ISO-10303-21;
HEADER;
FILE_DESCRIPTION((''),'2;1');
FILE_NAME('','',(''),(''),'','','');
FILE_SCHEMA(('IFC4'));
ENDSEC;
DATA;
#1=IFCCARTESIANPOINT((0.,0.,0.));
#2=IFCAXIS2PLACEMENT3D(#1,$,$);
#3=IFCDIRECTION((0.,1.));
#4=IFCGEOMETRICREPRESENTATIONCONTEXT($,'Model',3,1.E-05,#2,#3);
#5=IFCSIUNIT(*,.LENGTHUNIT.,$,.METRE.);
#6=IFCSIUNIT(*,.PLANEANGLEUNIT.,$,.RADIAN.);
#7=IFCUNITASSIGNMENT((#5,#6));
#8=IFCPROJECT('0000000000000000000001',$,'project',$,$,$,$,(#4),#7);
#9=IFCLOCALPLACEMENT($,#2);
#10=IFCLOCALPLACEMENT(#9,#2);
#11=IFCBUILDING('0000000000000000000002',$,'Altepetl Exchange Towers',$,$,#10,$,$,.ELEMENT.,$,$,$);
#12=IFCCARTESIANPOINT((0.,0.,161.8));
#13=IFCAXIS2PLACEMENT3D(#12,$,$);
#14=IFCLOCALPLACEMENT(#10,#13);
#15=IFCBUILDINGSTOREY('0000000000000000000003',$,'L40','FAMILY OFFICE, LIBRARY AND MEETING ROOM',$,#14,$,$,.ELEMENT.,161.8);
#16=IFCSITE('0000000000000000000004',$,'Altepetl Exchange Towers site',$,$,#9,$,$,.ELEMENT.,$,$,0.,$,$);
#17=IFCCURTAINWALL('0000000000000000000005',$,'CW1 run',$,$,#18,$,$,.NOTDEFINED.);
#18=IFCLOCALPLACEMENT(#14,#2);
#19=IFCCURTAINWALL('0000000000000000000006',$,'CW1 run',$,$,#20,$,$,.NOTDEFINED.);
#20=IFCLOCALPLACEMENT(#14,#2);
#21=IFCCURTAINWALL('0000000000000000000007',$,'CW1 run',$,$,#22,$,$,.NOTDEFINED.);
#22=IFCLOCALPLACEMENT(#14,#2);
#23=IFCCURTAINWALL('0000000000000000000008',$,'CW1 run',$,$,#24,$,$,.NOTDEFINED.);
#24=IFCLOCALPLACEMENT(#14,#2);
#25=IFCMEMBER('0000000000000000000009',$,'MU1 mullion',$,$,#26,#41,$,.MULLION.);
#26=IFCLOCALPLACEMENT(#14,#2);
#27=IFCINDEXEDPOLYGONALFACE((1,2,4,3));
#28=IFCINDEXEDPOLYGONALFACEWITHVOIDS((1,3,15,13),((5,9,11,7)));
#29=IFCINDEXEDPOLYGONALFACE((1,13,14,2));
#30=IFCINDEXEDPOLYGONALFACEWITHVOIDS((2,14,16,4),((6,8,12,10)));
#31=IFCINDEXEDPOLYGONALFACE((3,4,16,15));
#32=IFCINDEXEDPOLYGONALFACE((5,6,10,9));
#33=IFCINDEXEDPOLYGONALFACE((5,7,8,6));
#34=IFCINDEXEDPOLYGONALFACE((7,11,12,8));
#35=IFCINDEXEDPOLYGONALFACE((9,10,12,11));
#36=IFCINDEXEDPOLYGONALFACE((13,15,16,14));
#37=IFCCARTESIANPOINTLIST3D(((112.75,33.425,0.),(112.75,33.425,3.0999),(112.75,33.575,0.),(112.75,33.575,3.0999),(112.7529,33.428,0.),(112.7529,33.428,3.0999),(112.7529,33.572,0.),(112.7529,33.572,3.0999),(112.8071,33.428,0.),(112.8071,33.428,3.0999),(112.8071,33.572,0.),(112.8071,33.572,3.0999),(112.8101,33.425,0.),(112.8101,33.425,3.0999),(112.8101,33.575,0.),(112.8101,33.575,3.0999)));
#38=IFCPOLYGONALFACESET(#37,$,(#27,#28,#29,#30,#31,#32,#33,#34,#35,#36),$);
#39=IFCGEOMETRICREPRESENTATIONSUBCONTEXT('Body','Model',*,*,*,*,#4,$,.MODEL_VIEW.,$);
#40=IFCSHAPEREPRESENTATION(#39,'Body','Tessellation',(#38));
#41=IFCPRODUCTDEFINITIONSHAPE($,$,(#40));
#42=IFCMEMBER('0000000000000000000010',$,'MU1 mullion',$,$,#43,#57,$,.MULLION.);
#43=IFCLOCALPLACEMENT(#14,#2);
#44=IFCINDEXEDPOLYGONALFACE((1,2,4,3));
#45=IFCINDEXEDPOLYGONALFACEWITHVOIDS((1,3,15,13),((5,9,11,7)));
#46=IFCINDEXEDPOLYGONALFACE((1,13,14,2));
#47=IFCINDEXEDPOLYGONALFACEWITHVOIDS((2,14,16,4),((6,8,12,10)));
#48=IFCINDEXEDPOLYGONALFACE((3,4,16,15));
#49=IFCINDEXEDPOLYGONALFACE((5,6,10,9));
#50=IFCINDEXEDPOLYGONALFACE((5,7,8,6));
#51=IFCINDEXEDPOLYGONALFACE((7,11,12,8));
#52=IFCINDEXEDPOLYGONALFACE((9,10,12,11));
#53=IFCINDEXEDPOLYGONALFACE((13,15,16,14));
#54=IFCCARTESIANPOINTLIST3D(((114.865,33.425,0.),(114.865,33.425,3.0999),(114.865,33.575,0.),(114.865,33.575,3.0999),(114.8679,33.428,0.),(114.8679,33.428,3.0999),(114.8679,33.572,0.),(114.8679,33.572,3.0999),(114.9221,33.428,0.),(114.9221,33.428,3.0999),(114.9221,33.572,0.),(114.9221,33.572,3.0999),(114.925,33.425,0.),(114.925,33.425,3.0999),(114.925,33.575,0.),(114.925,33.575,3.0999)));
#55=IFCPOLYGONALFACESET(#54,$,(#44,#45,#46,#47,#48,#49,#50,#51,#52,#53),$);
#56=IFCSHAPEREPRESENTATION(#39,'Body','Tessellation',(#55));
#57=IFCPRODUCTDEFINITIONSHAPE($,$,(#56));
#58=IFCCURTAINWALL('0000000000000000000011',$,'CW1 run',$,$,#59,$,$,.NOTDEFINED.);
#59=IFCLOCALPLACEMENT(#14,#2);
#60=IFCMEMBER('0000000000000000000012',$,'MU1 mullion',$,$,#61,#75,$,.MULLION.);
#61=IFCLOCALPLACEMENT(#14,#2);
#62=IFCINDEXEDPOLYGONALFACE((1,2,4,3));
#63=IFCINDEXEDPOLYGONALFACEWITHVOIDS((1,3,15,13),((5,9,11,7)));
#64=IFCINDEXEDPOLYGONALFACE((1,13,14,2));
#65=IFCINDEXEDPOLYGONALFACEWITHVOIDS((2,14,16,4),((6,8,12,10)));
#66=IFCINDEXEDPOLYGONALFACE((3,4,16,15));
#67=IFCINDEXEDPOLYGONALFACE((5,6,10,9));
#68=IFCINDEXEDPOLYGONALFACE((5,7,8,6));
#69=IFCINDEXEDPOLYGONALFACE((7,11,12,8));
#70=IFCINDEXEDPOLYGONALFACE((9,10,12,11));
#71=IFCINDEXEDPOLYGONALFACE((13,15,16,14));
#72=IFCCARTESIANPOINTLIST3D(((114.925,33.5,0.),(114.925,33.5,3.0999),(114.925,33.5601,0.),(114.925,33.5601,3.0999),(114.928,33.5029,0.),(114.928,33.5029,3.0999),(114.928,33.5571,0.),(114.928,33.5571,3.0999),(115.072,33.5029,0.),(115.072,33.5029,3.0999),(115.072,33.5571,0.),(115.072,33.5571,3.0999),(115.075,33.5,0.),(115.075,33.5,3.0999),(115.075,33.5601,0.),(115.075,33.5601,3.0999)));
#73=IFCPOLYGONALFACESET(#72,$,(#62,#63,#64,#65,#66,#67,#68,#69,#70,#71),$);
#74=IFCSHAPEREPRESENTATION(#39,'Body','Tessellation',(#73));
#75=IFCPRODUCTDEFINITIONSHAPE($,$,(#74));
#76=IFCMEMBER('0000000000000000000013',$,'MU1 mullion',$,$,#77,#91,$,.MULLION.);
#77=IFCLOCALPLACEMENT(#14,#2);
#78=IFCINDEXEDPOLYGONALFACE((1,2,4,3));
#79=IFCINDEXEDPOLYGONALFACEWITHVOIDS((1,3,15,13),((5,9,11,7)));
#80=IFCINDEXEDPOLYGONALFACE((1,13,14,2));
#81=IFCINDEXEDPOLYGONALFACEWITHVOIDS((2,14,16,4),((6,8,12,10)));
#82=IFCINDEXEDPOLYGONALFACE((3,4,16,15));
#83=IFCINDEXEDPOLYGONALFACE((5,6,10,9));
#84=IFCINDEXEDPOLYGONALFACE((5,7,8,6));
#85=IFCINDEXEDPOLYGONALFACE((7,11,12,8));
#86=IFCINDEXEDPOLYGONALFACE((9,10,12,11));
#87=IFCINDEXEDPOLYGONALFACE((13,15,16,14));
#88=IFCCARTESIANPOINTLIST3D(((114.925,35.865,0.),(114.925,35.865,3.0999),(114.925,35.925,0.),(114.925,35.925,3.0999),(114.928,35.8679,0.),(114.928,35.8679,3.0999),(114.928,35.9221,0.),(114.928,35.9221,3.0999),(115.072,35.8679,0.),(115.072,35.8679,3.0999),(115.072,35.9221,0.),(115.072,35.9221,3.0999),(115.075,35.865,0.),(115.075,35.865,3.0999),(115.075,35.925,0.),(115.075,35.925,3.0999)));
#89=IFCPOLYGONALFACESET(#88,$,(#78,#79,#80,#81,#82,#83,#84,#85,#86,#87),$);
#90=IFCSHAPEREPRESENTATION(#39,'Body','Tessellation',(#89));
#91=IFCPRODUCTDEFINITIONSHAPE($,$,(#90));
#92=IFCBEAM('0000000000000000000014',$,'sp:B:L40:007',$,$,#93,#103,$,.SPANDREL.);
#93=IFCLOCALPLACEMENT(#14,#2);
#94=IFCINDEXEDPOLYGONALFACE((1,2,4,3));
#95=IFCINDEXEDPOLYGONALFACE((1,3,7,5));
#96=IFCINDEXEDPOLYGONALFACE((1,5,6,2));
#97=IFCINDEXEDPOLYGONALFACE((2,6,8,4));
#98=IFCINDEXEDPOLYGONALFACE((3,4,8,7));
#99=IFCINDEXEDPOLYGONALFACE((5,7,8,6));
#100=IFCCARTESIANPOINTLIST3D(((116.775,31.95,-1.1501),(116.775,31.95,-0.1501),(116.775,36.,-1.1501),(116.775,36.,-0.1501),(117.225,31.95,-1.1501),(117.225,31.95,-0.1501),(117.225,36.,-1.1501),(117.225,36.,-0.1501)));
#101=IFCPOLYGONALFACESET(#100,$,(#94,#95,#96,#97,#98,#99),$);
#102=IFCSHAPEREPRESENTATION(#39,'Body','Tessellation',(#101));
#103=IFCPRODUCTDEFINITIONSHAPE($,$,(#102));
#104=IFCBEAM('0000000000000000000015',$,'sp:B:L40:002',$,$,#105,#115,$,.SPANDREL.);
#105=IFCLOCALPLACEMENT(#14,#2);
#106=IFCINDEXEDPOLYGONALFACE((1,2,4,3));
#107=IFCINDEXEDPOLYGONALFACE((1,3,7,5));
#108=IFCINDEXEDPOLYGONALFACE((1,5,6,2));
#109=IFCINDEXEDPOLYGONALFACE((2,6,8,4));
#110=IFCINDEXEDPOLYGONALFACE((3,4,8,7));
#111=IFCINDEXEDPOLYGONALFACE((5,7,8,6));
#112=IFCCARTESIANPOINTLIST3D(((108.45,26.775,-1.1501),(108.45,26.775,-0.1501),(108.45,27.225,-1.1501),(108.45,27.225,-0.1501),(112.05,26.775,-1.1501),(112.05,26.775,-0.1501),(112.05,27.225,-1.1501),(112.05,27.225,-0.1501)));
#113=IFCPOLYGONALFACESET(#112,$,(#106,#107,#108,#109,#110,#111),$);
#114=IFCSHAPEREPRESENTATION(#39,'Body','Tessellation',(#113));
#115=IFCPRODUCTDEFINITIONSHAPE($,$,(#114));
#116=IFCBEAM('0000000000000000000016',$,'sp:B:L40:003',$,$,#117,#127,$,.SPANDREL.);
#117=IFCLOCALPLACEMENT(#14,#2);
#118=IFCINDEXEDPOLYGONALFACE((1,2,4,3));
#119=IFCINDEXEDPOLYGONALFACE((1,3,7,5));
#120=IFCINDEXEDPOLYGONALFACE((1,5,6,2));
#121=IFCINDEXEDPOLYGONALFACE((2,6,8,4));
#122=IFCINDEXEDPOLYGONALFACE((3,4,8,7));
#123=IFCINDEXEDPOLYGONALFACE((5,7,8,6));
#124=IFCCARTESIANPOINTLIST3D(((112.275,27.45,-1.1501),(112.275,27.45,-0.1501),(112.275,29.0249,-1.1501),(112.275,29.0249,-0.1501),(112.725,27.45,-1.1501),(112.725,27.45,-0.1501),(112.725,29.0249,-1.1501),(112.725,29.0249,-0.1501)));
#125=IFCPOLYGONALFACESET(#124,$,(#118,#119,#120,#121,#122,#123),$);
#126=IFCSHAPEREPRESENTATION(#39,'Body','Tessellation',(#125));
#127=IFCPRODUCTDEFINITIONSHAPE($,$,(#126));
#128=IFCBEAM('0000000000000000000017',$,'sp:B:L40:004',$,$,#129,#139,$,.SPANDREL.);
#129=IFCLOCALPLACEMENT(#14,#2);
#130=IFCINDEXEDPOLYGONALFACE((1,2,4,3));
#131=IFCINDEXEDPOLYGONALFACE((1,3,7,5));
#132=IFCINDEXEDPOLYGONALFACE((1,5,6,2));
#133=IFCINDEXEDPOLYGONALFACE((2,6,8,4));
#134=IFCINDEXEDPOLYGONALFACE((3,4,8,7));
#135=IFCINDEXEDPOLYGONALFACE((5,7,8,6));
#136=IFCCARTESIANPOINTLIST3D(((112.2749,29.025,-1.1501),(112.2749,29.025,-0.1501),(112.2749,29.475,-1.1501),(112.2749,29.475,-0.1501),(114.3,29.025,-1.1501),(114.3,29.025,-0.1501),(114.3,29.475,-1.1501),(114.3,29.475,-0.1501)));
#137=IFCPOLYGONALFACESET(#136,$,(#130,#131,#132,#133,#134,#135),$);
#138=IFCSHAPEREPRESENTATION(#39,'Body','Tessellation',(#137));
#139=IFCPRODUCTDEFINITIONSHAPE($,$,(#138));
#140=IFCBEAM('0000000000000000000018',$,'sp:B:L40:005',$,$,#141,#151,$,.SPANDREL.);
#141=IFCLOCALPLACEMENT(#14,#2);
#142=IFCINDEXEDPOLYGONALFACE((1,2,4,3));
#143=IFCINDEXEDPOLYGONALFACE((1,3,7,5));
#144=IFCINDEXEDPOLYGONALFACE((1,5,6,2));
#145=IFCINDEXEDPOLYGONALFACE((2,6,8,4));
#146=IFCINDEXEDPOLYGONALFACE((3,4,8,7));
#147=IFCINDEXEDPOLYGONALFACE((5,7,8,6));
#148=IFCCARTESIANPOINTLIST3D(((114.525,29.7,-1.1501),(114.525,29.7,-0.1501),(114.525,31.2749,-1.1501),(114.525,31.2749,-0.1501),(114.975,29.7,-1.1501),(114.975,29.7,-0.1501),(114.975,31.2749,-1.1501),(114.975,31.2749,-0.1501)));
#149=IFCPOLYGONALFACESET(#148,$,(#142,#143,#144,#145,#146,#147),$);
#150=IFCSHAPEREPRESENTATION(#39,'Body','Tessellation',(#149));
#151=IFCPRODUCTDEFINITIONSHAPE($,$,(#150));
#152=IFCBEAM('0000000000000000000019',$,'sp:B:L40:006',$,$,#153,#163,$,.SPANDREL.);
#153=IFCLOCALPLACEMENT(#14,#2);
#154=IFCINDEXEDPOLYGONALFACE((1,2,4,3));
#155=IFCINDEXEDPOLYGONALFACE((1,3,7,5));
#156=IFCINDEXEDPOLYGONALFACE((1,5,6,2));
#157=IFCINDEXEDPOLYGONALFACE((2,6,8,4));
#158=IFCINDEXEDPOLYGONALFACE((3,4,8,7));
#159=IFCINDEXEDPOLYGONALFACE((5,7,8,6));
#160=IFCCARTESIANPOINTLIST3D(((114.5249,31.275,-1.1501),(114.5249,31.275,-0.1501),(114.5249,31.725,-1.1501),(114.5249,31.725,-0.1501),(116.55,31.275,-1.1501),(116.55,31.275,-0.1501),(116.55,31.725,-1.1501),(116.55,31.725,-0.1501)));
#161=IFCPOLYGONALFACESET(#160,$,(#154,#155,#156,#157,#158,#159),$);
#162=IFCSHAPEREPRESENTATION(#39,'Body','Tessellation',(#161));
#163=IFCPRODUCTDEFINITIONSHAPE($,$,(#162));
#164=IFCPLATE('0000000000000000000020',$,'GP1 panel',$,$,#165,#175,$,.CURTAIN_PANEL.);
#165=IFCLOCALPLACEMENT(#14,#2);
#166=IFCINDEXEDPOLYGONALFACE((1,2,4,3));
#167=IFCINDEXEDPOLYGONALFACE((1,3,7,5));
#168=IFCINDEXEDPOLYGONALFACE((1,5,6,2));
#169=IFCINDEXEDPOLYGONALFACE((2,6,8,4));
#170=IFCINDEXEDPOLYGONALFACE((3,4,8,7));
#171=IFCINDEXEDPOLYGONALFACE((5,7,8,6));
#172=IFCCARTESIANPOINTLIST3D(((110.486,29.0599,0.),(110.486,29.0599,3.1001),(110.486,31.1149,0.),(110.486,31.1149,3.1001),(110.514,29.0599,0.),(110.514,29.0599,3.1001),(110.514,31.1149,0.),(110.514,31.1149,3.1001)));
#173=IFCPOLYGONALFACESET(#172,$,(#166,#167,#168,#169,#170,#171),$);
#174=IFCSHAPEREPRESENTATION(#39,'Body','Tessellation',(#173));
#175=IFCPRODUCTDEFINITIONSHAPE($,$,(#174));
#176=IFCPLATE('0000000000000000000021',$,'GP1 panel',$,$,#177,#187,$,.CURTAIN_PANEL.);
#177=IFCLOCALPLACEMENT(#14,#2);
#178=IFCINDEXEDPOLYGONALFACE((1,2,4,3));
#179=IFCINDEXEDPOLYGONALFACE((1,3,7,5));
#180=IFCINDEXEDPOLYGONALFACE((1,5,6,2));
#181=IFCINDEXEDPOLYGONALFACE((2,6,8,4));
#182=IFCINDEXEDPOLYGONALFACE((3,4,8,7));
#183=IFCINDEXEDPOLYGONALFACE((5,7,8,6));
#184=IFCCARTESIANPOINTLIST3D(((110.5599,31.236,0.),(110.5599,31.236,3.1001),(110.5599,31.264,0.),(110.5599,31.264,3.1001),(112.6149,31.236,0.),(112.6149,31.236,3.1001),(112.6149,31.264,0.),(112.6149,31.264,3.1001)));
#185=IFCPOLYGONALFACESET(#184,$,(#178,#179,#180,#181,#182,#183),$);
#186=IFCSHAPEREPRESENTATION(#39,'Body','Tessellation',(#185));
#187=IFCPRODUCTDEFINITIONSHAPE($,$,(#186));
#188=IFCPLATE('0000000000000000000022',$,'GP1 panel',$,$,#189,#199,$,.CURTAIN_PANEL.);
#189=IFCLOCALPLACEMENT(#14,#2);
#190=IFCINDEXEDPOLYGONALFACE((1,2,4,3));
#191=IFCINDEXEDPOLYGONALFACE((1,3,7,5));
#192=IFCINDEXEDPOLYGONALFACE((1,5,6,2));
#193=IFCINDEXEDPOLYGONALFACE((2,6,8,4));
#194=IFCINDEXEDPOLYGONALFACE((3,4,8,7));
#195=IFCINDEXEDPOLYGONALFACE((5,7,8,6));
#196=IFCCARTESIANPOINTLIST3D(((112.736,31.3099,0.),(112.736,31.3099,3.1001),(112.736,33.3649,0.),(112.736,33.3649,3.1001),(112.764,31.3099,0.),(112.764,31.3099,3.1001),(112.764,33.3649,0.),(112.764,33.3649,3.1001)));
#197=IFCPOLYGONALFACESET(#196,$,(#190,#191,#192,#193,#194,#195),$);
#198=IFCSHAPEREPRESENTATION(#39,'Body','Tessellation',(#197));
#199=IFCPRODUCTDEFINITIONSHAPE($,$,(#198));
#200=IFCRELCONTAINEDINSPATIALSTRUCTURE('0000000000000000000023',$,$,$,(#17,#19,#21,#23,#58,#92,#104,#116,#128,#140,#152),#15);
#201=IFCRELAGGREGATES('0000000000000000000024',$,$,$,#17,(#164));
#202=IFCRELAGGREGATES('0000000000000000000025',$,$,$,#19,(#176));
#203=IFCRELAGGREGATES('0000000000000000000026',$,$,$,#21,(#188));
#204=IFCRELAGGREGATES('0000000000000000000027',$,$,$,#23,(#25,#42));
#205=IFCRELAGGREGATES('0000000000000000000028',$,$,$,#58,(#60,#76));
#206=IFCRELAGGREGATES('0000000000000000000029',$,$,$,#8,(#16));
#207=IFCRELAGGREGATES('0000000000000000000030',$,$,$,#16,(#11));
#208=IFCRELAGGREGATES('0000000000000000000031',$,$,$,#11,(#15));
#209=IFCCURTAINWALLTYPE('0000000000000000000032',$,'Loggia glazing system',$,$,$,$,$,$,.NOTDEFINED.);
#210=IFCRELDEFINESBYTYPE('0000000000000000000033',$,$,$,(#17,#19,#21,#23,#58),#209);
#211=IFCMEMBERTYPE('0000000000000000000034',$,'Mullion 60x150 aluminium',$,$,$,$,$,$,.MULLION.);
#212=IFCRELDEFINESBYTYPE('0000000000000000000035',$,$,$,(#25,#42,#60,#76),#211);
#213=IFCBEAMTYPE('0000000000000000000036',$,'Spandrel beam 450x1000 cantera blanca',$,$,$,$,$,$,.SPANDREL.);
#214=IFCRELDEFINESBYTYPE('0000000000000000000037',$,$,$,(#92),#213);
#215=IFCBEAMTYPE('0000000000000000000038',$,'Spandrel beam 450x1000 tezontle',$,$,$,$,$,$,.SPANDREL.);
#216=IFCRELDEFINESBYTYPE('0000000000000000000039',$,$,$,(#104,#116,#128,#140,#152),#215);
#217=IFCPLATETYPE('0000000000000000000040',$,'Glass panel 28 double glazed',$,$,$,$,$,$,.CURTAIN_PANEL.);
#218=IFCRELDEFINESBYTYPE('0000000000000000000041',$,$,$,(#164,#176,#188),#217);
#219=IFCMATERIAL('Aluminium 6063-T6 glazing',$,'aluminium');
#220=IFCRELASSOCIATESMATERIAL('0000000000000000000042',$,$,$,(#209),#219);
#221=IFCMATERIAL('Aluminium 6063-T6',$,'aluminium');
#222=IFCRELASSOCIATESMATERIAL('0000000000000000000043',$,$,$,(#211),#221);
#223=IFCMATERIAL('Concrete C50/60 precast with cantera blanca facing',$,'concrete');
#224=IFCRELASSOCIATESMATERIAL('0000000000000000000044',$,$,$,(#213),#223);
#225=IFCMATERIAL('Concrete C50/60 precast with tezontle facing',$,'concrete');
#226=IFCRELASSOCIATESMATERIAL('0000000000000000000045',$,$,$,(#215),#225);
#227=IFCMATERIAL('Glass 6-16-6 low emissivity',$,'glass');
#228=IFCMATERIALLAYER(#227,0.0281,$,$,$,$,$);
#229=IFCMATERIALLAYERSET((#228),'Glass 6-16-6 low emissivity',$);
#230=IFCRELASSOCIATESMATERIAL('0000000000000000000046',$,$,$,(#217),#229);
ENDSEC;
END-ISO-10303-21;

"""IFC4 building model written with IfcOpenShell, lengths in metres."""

from ifc_helpers import new_model, si_unit, direction, frame, origin, origin_2d, place, context, subcontext, project, spatial, rectangle, hollow_rectangle, extrude, material, layer, layer_set, material_profile, profile_set, type_object, element, aggregate, save


model = new_model("IFC4")

# Units and contexts
model_context = context("Model", 3, precision=1e-05, world=origin(), true_north=direction((0.0, 1.0)))
body_context = subcontext(model_context, "Body", "Model", "MODEL_VIEW")
ifc_project = project(units=[si_unit("LENGTHUNIT", "METRE"), si_unit("PLANEANGLEUNIT", "RADIAN")], contexts=[model_context])

# Site, building, storey
site_placement = place(None, origin())
site = spatial("IfcSite", under=ifc_project, at=site_placement, Name="Altepetl Exchange Towers site", CompositionType="ELEMENT", RefElevation=0.0)
building_placement = place(site_placement, origin())
building = spatial("IfcBuilding", under=site, at=building_placement, Name="Altepetl Exchange Towers", CompositionType="ELEMENT")
storey_placement = place(building_placement, frame((0.0, 0.0, 161.8)))
storey = spatial("IfcBuildingStorey", under=building, at=storey_placement, Name="L40", Description="FAMILY OFFICE, LIBRARY AND MEETING ROOM", CompositionType="ELEMENT", Elevation=161.8)

# Shared definitions
ifc_material_1 = material(Name="Aluminium 6063-T6 glazing", Category="aluminium")
curtain_wall_type = type_object("IfcCurtainWallType", Name="Loggia glazing system", PredefinedType="NOTDEFINED", material=ifc_material_1)
ifc_material_2 = material(Name="Aluminium 6063-T6", Category="aluminium")
ifc_material_profile_1 = material_profile(ifc_material_2, hollow_rectangle(XDim=0.0601, YDim=0.1499, WallThickness=0.0029, at=origin_2d()), Name="Mullion 60x150 aluminium")
ifc_profile_set_1 = profile_set([ifc_material_profile_1], Name="Aluminium 6063-T6")
member_type = type_object("IfcMemberType", Name="Mullion 60x150 aluminium", PredefinedType="MULLION", material=ifc_profile_set_1)

# Curtain walls, members
curtain_wall_1_placement = place(storey_placement, origin())
curtain_wall_1 = element("IfcCurtainWall", 1, at=curtain_wall_1_placement, inside=storey, type_object=curtain_wall_type, Name="CW1 run", PredefinedType="NOTDEFINED")
curtain_wall_2_placement = place(storey_placement, origin())
curtain_wall_2 = element("IfcCurtainWall", 2, at=curtain_wall_2_placement, inside=storey, type_object=curtain_wall_type, Name="CW1 run", PredefinedType="NOTDEFINED")
curtain_wall_3_placement = place(storey_placement, origin())
curtain_wall_3 = element("IfcCurtainWall", 3, at=curtain_wall_3_placement, inside=storey, type_object=curtain_wall_type, Name="CW1 run", PredefinedType="NOTDEFINED")
curtain_wall_4_placement = place(storey_placement, origin())
curtain_wall_4 = element("IfcCurtainWall", 4, at=curtain_wall_4_placement, inside=storey, type_object=curtain_wall_type, Name="CW1 run", PredefinedType="NOTDEFINED")
member_1_placement = place(storey_placement, frame((112.78, 33.5, 0.0)))
member_1 = element("IfcMember", 5, at=member_1_placement, type_object=member_type, Name="MU1 mullion", PredefinedType="MULLION", context=body_context, shape_type="SweptSolid", body=[
    extrude(hollow_rectangle(XDim=0.0601, YDim=0.1499, WallThickness=0.0029, at=origin_2d()), origin(), (0.0, 0.0, 1.0), 3.0999),
])
member_2_placement = place(storey_placement, frame((114.895, 33.5, 0.0)))
member_2 = element("IfcMember", 6, at=member_2_placement, type_object=member_type, Name="MU1 mullion", PredefinedType="MULLION", context=body_context, shape_type="SweptSolid", body=[
    extrude(hollow_rectangle(XDim=0.0601, YDim=0.1499, WallThickness=0.0029, at=origin_2d()), origin(), (0.0, 0.0, 1.0), 3.0999),
])
curtain_wall_5_placement = place(storey_placement, origin())
curtain_wall_5 = element("IfcCurtainWall", 7, at=curtain_wall_5_placement, inside=storey, type_object=curtain_wall_type, Name="CW1 run", PredefinedType="NOTDEFINED")
member_3_placement = place(storey_placement, frame((115.0, 33.53, 0.0), z_axis=(0.0, 0.0, 1.0), x_axis=(0.0, 1.0, 0.0)))
member_3 = element("IfcMember", 8, at=member_3_placement, type_object=member_type, Name="MU1 mullion", PredefinedType="MULLION", context=body_context, shape_type="SweptSolid", body=[
    extrude(hollow_rectangle(XDim=0.0601, YDim=0.1499, WallThickness=0.0029, at=origin_2d()), origin(), (0.0, 0.0, 1.0), 3.0999),
])
member_4_placement = place(storey_placement, frame((115.0, 35.895, 0.0), z_axis=(0.0, 0.0, 1.0), x_axis=(0.0, 1.0, 0.0)))
member_4 = element("IfcMember", 9, at=member_4_placement, type_object=member_type, Name="MU1 mullion", PredefinedType="MULLION", context=body_context, shape_type="SweptSolid", body=[
    extrude(hollow_rectangle(XDim=0.0601, YDim=0.1499, WallThickness=0.0029, at=origin_2d()), origin(), (0.0, 0.0, 1.0), 3.0999),
])

# Beams
ifc_material_3 = material(Name="Concrete C50/60 precast with cantera blanca facing", Category="concrete")
ifc_material_profile_2 = material_profile(ifc_material_3, rectangle(XDim=0.45, YDim=1.0, at=origin_2d()), Name="450 x 1000")
ifc_profile_set_2 = profile_set([ifc_material_profile_2], Name="Concrete C50/60 precast with cantera blanca facing")
beam_type_1 = type_object("IfcBeamType", Name="Spandrel beam 450x1000 cantera blanca", PredefinedType="SPANDREL", material=ifc_profile_set_2)
beam_1_placement = place(storey_placement, frame((117.0, 31.95, -0.6501), z_axis=(0.0, 1.0, 0.0), x_axis=(-1.0, 0.0, 0.0)))
element("IfcBeam", 10, at=beam_1_placement, inside=storey, type_object=beam_type_1, Name="sp:B:L40:007", PredefinedType="SPANDREL", context=body_context, shape_type="SweptSolid", body=[
    extrude(rectangle(XDim=0.45, YDim=1.0, at=origin_2d()), origin(), (0.0, 0.0, 1.0), 4.05),
])
ifc_material_4 = material(Name="Concrete C50/60 precast with tezontle facing", Category="concrete")
ifc_material_profile_3 = material_profile(ifc_material_4, rectangle(XDim=0.45, YDim=1.0, at=origin_2d()), Name="450 x 1000")
ifc_profile_set_3 = profile_set([ifc_material_profile_3], Name="Concrete C50/60 precast with tezontle facing")
beam_type_2 = type_object("IfcBeamType", Name="Spandrel beam 450x1000 tezontle", PredefinedType="SPANDREL", material=ifc_profile_set_3)
beam_2_placement = place(storey_placement, frame((108.45, 27.0, -0.6501), z_axis=(1.0, 0.0, 0.0), x_axis=(0.0, 1.0, 0.0)))
element("IfcBeam", 11, at=beam_2_placement, inside=storey, type_object=beam_type_2, Name="sp:B:L40:002", PredefinedType="SPANDREL", context=body_context, shape_type="SweptSolid", body=[
    extrude(rectangle(XDim=0.45, YDim=1.0, at=origin_2d()), origin(), (0.0, 0.0, 1.0), 3.6001),
])
beam_3_placement = place(storey_placement, frame((112.5, 27.45, -0.6501), z_axis=(0.0, 1.0, 0.0), x_axis=(-1.0, 0.0, 0.0)))
element("IfcBeam", 12, at=beam_3_placement, inside=storey, type_object=beam_type_2, Name="sp:B:L40:003", PredefinedType="SPANDREL", context=body_context, shape_type="SweptSolid", body=[
    extrude(rectangle(XDim=0.45, YDim=1.0, at=origin_2d()), origin(), (0.0, 0.0, 1.0), 1.575),
])
beam_4_placement = place(storey_placement, frame((112.2749, 29.25, -0.6501), z_axis=(1.0, 0.0, 0.0), x_axis=(0.0, 1.0, 0.0)))
element("IfcBeam", 13, at=beam_4_placement, inside=storey, type_object=beam_type_2, Name="sp:B:L40:004", PredefinedType="SPANDREL", context=body_context, shape_type="SweptSolid", body=[
    extrude(rectangle(XDim=0.45, YDim=1.0, at=origin_2d()), origin(), (0.0, 0.0, 1.0), 2.0251),
])
beam_5_placement = place(storey_placement, frame((114.75, 29.7, -0.6501), z_axis=(0.0, 1.0, 0.0), x_axis=(-1.0, 0.0, 0.0)))
element("IfcBeam", 14, at=beam_5_placement, inside=storey, type_object=beam_type_2, Name="sp:B:L40:005", PredefinedType="SPANDREL", context=body_context, shape_type="SweptSolid", body=[
    extrude(rectangle(XDim=0.45, YDim=1.0, at=origin_2d()), origin(), (0.0, 0.0, 1.0), 1.575),
])
beam_6_placement = place(storey_placement, frame((114.5249, 31.5, -0.6501), z_axis=(1.0, 0.0, 0.0), x_axis=(0.0, 1.0, 0.0)))
element("IfcBeam", 15, at=beam_6_placement, inside=storey, type_object=beam_type_2, Name="sp:B:L40:006", PredefinedType="SPANDREL", context=body_context, shape_type="SweptSolid", body=[
    extrude(rectangle(XDim=0.45, YDim=1.0, at=origin_2d()), origin(), (0.0, 0.0, 1.0), 2.0251),
])

# Plates
ifc_material_5 = material(Name="Glass 6-16-6 low emissivity", Category="glass")
ifc_layer_1 = layer(ifc_material_5, 0.0281)
ifc_layer_set_1 = layer_set([ifc_layer_1], Name="Glass 6-16-6 low emissivity")
plate_type = type_object("IfcPlateType", Name="Glass panel 28 double glazed", PredefinedType="CURTAIN_PANEL", material=ifc_layer_set_1)
plate_1_placement = place(storey_placement, frame((110.5, 30.0874, 0.0), z_axis=(0.0, 0.0, 1.0), x_axis=(0.0, 1.0, 0.0)))
plate_1 = element("IfcPlate", 16, at=plate_1_placement, type_object=plate_type, Name="GP1 panel", PredefinedType="CURTAIN_PANEL", context=body_context, shape_type="SweptSolid", body=[
    extrude(rectangle(XDim=2.0549, YDim=0.0281, at=origin_2d()), origin(), (0.0, 0.0, 1.0), 3.1001),
])
aggregate(curtain_wall_1, [plate_1])
plate_2_placement = place(storey_placement, frame((111.5874, 31.25, 0.0)))
plate_2 = element("IfcPlate", 17, at=plate_2_placement, type_object=plate_type, Name="GP1 panel", PredefinedType="CURTAIN_PANEL", context=body_context, shape_type="SweptSolid", body=[
    extrude(rectangle(XDim=2.0549, YDim=0.0281, at=origin_2d()), origin(), (0.0, 0.0, 1.0), 3.1001),
])
aggregate(curtain_wall_2, [plate_2])
plate_3_placement = place(storey_placement, frame((112.75, 32.3374, 0.0), z_axis=(0.0, 0.0, 1.0), x_axis=(0.0, 1.0, 0.0)))
plate_3 = element("IfcPlate", 18, at=plate_3_placement, type_object=plate_type, Name="GP1 panel", PredefinedType="CURTAIN_PANEL", context=body_context, shape_type="SweptSolid", body=[
    extrude(rectangle(XDim=2.0549, YDim=0.0281, at=origin_2d()), origin(), (0.0, 0.0, 1.0), 3.1001),
])
aggregate(curtain_wall_3, [plate_3])
aggregate(curtain_wall_4, [member_1, member_2])
aggregate(curtain_wall_5, [member_3, member_4])

save(model, "model.ifc")
